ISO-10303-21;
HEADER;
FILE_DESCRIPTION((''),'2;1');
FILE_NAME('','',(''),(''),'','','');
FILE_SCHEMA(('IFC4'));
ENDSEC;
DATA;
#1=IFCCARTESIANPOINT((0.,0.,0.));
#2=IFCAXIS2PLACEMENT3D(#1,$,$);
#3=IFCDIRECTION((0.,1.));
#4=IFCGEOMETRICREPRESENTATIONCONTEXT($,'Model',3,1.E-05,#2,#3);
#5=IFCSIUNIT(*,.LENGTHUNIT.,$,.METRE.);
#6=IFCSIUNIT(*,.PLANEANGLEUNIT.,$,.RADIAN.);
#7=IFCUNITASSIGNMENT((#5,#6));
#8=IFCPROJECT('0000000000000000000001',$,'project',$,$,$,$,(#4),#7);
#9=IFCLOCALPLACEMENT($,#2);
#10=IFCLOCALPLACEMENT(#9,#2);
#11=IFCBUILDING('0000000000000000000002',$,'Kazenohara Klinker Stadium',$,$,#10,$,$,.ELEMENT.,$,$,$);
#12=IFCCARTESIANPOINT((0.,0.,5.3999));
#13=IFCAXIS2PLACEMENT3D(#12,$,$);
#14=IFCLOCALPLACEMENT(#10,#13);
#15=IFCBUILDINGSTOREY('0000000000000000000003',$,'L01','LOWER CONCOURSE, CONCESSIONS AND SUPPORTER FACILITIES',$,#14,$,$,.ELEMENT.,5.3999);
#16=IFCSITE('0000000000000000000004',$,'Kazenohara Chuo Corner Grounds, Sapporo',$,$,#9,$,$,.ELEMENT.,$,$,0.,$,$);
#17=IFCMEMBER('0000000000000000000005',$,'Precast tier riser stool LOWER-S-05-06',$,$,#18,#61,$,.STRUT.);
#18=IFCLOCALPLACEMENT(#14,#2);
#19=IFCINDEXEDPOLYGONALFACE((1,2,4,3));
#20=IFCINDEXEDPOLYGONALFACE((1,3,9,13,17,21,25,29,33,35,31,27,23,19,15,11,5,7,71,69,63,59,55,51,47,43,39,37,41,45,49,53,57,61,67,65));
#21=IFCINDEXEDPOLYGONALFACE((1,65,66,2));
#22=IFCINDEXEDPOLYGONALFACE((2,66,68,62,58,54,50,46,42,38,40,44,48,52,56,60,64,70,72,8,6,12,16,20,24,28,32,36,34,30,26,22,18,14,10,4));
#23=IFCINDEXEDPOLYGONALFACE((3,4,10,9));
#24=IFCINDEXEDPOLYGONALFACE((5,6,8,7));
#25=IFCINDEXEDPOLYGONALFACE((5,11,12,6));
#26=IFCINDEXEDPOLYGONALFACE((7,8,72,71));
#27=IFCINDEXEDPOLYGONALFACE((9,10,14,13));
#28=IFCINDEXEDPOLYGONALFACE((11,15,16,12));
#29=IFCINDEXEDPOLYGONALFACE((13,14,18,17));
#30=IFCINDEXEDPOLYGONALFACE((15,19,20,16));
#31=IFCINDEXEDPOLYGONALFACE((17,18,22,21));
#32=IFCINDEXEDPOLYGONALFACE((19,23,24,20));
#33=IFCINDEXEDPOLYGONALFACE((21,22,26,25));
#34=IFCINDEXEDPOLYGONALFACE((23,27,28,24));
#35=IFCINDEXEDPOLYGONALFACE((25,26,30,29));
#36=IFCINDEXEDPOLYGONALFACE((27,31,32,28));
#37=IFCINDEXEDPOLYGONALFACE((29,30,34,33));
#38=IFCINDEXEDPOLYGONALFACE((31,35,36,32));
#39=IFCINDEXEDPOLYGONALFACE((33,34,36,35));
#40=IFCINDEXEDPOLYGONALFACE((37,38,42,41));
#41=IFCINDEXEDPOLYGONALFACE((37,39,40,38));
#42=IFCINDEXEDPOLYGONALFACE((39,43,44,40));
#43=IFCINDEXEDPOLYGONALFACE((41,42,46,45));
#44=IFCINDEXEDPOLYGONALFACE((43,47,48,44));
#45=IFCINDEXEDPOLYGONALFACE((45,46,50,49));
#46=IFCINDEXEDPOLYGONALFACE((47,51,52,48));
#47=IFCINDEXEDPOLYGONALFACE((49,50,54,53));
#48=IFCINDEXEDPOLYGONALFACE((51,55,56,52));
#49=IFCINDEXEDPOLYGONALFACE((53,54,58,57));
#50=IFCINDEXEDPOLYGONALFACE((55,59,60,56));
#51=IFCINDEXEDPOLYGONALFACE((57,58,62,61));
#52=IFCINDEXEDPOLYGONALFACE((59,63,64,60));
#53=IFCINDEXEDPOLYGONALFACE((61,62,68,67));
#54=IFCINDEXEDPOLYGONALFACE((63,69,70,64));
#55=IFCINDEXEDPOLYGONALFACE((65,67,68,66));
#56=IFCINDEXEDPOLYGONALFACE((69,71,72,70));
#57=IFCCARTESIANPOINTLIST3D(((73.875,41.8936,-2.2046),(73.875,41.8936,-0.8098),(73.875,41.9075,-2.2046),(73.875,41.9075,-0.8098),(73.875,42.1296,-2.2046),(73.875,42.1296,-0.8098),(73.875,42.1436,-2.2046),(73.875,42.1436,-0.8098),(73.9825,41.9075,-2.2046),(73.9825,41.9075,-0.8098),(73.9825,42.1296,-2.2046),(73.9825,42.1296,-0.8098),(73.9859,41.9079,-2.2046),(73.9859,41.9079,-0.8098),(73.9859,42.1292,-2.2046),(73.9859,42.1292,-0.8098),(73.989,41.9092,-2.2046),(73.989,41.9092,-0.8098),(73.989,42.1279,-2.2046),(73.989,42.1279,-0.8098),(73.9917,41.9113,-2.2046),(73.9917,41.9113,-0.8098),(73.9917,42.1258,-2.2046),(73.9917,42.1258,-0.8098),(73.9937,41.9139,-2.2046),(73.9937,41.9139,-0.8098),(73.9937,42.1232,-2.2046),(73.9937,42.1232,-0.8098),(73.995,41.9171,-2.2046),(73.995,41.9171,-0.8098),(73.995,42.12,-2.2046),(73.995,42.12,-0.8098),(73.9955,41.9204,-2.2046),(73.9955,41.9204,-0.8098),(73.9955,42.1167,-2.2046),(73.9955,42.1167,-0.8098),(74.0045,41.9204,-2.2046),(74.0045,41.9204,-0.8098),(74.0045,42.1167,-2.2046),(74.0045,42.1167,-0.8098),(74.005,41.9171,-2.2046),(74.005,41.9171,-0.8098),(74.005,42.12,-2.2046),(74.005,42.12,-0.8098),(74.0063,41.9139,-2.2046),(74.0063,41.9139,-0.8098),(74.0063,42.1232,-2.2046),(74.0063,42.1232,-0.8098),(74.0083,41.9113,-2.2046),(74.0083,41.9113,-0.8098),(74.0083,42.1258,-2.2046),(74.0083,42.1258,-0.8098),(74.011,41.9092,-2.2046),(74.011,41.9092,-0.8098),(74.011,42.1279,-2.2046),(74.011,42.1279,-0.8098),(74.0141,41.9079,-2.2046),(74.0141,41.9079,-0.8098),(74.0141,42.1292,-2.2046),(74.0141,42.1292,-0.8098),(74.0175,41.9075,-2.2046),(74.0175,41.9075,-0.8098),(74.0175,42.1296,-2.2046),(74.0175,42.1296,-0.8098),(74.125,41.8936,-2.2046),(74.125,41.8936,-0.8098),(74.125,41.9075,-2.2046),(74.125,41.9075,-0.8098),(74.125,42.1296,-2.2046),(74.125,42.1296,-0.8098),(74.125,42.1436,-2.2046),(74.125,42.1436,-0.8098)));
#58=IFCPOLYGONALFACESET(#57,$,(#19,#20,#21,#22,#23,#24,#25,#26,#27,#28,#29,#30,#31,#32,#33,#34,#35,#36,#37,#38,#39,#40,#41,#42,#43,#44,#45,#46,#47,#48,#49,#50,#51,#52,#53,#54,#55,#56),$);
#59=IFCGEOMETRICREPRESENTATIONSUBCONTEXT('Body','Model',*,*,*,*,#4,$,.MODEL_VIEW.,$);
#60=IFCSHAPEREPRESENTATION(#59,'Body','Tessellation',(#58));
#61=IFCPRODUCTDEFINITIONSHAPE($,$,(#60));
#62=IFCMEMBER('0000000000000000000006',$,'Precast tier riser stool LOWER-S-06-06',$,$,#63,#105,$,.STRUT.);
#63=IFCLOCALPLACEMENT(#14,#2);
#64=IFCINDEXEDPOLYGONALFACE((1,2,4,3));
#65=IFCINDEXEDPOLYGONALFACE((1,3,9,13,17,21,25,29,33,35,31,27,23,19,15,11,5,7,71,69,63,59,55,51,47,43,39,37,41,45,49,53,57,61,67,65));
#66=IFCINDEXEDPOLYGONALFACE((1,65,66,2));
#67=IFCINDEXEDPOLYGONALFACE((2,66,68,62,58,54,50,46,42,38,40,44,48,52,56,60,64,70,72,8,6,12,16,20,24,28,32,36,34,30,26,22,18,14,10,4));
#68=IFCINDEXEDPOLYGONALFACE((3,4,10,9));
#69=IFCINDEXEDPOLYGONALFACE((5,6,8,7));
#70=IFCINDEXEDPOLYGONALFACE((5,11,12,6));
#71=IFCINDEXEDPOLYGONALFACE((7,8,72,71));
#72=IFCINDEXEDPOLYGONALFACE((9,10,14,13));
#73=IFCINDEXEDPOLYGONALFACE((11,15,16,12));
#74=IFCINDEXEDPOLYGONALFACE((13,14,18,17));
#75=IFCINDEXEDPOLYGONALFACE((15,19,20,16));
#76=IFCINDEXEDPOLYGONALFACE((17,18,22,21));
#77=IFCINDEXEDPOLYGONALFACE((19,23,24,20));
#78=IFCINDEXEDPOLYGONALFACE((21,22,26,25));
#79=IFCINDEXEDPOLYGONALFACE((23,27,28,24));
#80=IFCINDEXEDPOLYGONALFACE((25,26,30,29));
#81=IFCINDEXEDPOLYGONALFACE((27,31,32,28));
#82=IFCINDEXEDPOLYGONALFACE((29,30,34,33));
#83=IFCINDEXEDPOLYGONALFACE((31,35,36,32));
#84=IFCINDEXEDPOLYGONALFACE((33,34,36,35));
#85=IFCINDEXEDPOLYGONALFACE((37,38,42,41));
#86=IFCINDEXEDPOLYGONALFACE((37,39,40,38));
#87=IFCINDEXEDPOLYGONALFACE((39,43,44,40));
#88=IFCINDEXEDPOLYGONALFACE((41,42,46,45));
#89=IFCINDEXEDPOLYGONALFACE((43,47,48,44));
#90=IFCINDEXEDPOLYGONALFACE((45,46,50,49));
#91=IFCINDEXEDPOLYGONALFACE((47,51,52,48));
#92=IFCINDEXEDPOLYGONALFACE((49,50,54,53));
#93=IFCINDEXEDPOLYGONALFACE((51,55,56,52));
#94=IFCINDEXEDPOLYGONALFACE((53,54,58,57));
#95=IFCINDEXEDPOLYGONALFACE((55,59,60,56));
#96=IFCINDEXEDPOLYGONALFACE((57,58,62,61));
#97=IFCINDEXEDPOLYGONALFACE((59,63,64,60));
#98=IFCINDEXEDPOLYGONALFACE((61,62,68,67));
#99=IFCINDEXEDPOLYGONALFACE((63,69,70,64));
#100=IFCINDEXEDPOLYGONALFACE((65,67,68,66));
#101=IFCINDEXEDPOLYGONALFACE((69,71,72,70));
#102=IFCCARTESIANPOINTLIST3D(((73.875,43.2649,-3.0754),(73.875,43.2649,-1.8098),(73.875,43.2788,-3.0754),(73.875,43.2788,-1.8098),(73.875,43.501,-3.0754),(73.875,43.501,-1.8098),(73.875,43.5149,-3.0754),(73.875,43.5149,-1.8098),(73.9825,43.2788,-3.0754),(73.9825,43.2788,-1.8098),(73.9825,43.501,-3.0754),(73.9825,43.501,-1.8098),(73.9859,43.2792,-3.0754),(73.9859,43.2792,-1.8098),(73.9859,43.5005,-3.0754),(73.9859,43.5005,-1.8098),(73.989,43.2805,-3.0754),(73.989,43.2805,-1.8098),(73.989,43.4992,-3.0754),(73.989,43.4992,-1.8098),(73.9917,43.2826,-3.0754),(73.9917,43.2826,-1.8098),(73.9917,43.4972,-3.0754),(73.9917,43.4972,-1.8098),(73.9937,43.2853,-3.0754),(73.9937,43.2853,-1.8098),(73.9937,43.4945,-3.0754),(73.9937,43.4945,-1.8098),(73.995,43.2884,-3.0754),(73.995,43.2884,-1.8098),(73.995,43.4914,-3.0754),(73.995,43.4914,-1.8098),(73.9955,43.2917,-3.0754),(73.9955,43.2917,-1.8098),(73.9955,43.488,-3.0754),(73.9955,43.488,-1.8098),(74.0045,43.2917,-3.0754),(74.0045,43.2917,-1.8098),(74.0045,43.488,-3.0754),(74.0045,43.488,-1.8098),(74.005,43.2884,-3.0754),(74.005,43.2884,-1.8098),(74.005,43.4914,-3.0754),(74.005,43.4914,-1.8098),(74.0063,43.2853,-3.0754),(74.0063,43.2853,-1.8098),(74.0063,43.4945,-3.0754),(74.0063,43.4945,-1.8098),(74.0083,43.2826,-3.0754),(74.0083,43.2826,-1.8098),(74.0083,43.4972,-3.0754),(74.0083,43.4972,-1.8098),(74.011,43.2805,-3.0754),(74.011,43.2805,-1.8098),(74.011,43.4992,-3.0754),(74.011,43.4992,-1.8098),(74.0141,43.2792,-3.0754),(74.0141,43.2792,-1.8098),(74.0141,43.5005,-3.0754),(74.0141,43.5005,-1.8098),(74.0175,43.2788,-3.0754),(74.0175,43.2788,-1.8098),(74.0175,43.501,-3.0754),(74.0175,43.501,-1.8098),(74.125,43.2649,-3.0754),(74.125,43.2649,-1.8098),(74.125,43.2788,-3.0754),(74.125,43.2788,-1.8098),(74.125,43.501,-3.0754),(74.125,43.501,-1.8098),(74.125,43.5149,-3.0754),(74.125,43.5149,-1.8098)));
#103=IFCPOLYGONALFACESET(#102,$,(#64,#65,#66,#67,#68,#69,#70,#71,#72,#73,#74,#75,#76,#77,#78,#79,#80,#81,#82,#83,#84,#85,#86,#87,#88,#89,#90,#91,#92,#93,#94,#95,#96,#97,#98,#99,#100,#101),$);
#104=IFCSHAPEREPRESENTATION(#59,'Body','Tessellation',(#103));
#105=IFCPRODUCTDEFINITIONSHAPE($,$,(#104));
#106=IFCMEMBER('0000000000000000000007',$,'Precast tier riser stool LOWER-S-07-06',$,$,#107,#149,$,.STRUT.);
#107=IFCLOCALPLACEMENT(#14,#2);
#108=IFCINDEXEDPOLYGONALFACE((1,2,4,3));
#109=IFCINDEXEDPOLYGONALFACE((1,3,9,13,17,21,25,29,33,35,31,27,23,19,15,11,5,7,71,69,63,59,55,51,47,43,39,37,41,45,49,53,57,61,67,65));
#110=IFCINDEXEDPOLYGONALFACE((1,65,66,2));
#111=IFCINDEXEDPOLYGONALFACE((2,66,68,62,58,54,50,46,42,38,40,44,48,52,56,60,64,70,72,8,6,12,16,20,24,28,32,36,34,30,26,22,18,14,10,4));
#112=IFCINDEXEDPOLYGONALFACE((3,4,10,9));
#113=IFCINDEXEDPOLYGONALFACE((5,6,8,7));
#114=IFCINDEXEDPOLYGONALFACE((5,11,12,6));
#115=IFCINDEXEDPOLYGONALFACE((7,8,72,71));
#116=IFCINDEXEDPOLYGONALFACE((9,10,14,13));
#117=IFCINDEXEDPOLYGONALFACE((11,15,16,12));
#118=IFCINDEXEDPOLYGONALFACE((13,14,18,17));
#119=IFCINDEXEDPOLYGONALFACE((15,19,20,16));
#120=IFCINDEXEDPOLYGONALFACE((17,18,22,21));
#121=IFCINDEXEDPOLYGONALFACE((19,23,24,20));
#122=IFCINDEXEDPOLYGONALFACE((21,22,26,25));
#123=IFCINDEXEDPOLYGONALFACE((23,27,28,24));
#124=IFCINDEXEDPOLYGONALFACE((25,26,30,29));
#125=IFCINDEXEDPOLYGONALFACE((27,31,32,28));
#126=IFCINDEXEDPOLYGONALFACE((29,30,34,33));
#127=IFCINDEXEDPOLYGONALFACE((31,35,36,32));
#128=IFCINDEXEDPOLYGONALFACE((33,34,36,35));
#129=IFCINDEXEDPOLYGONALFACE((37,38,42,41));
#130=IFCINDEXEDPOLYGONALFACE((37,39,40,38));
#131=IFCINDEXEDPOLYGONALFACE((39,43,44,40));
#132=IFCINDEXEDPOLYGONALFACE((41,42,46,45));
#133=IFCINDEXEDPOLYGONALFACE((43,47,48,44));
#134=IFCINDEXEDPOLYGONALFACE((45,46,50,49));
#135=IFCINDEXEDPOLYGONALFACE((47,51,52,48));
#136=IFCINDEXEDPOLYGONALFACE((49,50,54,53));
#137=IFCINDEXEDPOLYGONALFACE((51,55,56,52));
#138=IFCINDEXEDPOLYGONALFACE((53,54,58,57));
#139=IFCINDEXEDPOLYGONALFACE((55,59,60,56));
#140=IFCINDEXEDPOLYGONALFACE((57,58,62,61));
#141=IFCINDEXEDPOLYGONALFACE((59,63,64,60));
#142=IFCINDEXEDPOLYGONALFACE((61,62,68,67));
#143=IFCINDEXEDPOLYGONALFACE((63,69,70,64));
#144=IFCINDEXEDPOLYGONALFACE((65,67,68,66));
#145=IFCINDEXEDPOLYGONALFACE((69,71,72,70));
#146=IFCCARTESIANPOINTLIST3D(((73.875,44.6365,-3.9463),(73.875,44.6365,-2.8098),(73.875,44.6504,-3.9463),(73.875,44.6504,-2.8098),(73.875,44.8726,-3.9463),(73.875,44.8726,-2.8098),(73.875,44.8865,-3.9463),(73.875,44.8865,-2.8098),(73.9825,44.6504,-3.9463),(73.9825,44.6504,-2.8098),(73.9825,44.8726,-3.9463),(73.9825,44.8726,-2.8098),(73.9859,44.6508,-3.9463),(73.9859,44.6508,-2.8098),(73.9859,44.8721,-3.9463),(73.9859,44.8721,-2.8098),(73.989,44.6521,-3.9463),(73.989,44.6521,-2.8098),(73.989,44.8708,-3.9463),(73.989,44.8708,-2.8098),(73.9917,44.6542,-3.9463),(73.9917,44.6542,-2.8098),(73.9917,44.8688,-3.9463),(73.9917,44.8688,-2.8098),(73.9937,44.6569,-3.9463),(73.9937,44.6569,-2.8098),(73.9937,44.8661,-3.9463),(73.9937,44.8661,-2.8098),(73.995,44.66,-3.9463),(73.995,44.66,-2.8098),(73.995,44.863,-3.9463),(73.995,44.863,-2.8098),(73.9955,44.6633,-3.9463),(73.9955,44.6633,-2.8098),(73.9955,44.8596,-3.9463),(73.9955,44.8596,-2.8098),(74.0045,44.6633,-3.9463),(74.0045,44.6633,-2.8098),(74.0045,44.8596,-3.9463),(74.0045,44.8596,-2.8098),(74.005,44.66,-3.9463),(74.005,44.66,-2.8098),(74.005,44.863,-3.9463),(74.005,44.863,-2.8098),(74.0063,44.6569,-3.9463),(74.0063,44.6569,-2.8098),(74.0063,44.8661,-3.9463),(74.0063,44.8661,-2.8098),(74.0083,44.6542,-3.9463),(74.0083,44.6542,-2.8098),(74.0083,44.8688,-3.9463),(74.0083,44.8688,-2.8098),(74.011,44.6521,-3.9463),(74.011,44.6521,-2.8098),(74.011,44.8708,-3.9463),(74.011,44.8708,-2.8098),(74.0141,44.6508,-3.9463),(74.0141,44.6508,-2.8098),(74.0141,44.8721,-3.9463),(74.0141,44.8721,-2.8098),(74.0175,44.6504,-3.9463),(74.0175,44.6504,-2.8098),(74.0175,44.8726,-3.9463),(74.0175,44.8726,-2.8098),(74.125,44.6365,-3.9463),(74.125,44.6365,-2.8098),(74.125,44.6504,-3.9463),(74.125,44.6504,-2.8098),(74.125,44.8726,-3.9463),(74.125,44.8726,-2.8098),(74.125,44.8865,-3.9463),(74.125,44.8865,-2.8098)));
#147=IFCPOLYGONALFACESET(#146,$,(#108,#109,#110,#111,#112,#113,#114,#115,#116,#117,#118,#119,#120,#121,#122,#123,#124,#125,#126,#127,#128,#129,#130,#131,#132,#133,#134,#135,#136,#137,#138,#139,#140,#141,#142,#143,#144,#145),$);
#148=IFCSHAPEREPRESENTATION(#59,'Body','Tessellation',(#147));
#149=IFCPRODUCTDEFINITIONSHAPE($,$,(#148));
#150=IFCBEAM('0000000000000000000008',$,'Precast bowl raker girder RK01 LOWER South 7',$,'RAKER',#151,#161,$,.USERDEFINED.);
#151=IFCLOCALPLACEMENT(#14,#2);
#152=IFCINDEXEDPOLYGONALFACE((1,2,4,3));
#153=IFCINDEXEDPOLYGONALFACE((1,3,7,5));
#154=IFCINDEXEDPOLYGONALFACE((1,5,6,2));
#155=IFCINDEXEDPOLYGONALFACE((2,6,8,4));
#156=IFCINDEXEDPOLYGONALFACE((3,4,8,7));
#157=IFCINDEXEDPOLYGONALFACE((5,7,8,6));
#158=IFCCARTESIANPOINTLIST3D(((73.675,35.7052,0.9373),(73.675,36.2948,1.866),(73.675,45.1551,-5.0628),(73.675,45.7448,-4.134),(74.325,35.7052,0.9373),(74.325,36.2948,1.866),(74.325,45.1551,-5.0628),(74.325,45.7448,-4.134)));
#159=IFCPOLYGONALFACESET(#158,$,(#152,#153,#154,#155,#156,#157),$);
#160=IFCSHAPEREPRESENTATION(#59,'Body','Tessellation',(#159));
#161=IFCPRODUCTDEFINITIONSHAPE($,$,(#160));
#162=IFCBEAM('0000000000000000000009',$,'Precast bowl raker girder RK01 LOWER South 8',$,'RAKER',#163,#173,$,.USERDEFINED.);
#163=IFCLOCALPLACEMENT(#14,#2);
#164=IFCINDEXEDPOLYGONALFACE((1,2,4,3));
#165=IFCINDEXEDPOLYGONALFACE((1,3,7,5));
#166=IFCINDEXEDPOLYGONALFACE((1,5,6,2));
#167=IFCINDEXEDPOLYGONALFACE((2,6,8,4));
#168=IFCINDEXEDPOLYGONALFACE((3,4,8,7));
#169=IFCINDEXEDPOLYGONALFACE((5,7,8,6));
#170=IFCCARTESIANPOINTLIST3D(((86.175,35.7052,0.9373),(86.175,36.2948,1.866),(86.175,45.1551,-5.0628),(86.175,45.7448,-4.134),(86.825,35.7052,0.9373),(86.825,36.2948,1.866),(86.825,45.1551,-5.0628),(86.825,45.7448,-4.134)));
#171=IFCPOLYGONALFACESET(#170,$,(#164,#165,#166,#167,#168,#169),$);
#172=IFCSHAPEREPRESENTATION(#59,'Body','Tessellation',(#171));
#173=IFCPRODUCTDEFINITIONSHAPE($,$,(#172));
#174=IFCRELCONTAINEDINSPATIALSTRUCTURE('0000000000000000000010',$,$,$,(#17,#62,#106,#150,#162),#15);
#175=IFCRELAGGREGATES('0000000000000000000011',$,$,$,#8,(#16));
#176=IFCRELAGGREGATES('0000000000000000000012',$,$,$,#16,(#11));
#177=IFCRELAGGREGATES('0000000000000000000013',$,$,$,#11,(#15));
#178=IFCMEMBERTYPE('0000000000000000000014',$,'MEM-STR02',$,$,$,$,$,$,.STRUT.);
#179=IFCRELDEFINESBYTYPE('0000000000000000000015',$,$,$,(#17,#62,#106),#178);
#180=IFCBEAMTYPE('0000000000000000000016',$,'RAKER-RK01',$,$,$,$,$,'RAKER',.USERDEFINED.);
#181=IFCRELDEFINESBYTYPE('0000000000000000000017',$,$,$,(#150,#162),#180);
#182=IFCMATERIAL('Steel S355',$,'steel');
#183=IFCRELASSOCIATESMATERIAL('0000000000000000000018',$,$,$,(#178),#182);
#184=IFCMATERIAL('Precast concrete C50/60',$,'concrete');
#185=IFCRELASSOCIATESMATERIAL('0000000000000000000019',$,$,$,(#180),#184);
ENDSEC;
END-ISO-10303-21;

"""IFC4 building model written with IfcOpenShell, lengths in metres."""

from ifc_helpers import new_model, si_unit, direction, frame, origin, origin_2d, place, context, subcontext, project, spatial, rectangle, i_section, extrude, material, material_profile, profile_set, type_object, element, save


model = new_model("IFC4")

# Units and contexts
model_context = context("Model", 3, precision=1e-05, world=origin(), true_north=direction((0.0, 1.0)))
body_context = subcontext(model_context, "Body", "Model", "MODEL_VIEW")
ifc_project = project(units=[si_unit("LENGTHUNIT", "METRE"), si_unit("PLANEANGLEUNIT", "RADIAN")], contexts=[model_context])

# Site, building, storey
site_placement = place(None, origin())
site = spatial("IfcSite", under=ifc_project, at=site_placement, Name="Kazenohara Chuo Corner Grounds, Sapporo", CompositionType="ELEMENT", RefElevation=0.0)
building_placement = place(site_placement, origin())
building = spatial("IfcBuilding", under=site, at=building_placement, Name="Kazenohara Klinker Stadium", CompositionType="ELEMENT")
storey_placement = place(building_placement, frame((0.0, 0.0, 5.3999)))
storey = spatial("IfcBuildingStorey", under=building, at=storey_placement, Name="L01", Description="LOWER CONCOURSE, CONCESSIONS AND SUPPORTER FACILITIES", CompositionType="ELEMENT", Elevation=5.3999)

# Shared definitions
ifc_material_1 = material(Name="Steel S355", Category="steel")

# Members
ifc_material_profile_1 = material_profile(ifc_material_1, i_section(OverallWidth=0.25, OverallDepth=0.25, WebThickness=0.009, FlangeThickness=0.0139, FilletRadius=0.0129, at=origin_2d()), Name="H-250x250x9x14")
ifc_profile_set_1 = profile_set([ifc_material_profile_1], Name="Steel S355")
member_type = type_object("IfcMemberType", Name="MEM-STR02", PredefinedType="STRUT", material=ifc_profile_set_1)
member_1_placement = place(storey_placement, frame((74.0, 42.0186, -2.2046), z_axis=(0.0, 0.0, 1.0), x_axis=(1.0, 0.0, 0.0)))
element("IfcMember", 1, at=member_1_placement, inside=storey, type_object=member_type, Name="Precast tier riser stool LOWER-S-05-06", PredefinedType="STRUT", context=body_context, shape_type="SweptSolid", body=[
    extrude(i_section(OverallWidth=0.25, OverallDepth=0.25, WebThickness=0.009, FlangeThickness=0.0139, FilletRadius=0.0129, at=origin_2d()), origin(), (0.0, 0.0, 1.0), 1.3948),
])
member_2_placement = place(storey_placement, frame((74.0, 43.3899, -3.0754), z_axis=(0.0, 0.0, 1.0), x_axis=(1.0, 0.0, 0.0)))
element("IfcMember", 2, at=member_2_placement, inside=storey, type_object=member_type, Name="Precast tier riser stool LOWER-S-06-06", PredefinedType="STRUT", context=body_context, shape_type="SweptSolid", body=[
    extrude(i_section(OverallWidth=0.25, OverallDepth=0.25, WebThickness=0.009, FlangeThickness=0.0139, FilletRadius=0.0129, at=origin_2d()), origin(), (0.0, 0.0, 1.0), 1.2656),
])
member_3_placement = place(storey_placement, frame((74.0, 44.7615, -3.9463), z_axis=(0.0, 0.0, 1.0), x_axis=(1.0, 0.0, 0.0)))
element("IfcMember", 3, at=member_3_placement, inside=storey, type_object=member_type, Name="Precast tier riser stool LOWER-S-07-06", PredefinedType="STRUT", context=body_context, shape_type="SweptSolid", body=[
    extrude(i_section(OverallWidth=0.25, OverallDepth=0.25, WebThickness=0.009, FlangeThickness=0.0139, FilletRadius=0.0129, at=origin_2d()), origin(), (0.0, 0.0, 1.0), 1.1365),
])

# Beams
ifc_material_2 = material(Name="Precast concrete C50/60", Category="concrete")
ifc_material_profile_2 = material_profile(ifc_material_2, rectangle(XDim=0.6499, YDim=1.1001, at=origin_2d()), Name="PC-RAKER-650x1100")
ifc_profile_set_2 = profile_set([ifc_material_profile_2], Name="Precast concrete C50/60")
beam_type_1 = type_object("IfcBeamType", Name="RAKER-RK01", ElementType="RAKER", PredefinedType="USERDEFINED", material=ifc_profile_set_2)
for number, where, z_axis, x_axis, name in (
    (4, (74.0, 36.0, 1.4016), (0.0, 0.844212, -0.53601), (-1.0, 0.0, 0.0), "Precast bowl raker girder RK01 LOWER South 7"),
    (5, (86.5, 36.0, 1.4016), (0.0, 0.844212, -0.53601), (-1.0, 0.0, 0.0), "Precast bowl raker girder RK01 LOWER South 8"),
):
    element("IfcBeam", number, at=place(storey_placement, frame(where, z_axis=z_axis, x_axis=x_axis)), inside=storey, type_object=beam_type_1, Name=name, ObjectType="RAKER", PredefinedType="USERDEFINED", context=body_context, shape_type="SweptSolid", body=[
        extrude(rectangle(XDim=0.6499, YDim=1.1001, at=origin_2d()), origin(), (0.0, 0.0, 1.0), 11.1938),
    ])

save(model, "model.ifc")
